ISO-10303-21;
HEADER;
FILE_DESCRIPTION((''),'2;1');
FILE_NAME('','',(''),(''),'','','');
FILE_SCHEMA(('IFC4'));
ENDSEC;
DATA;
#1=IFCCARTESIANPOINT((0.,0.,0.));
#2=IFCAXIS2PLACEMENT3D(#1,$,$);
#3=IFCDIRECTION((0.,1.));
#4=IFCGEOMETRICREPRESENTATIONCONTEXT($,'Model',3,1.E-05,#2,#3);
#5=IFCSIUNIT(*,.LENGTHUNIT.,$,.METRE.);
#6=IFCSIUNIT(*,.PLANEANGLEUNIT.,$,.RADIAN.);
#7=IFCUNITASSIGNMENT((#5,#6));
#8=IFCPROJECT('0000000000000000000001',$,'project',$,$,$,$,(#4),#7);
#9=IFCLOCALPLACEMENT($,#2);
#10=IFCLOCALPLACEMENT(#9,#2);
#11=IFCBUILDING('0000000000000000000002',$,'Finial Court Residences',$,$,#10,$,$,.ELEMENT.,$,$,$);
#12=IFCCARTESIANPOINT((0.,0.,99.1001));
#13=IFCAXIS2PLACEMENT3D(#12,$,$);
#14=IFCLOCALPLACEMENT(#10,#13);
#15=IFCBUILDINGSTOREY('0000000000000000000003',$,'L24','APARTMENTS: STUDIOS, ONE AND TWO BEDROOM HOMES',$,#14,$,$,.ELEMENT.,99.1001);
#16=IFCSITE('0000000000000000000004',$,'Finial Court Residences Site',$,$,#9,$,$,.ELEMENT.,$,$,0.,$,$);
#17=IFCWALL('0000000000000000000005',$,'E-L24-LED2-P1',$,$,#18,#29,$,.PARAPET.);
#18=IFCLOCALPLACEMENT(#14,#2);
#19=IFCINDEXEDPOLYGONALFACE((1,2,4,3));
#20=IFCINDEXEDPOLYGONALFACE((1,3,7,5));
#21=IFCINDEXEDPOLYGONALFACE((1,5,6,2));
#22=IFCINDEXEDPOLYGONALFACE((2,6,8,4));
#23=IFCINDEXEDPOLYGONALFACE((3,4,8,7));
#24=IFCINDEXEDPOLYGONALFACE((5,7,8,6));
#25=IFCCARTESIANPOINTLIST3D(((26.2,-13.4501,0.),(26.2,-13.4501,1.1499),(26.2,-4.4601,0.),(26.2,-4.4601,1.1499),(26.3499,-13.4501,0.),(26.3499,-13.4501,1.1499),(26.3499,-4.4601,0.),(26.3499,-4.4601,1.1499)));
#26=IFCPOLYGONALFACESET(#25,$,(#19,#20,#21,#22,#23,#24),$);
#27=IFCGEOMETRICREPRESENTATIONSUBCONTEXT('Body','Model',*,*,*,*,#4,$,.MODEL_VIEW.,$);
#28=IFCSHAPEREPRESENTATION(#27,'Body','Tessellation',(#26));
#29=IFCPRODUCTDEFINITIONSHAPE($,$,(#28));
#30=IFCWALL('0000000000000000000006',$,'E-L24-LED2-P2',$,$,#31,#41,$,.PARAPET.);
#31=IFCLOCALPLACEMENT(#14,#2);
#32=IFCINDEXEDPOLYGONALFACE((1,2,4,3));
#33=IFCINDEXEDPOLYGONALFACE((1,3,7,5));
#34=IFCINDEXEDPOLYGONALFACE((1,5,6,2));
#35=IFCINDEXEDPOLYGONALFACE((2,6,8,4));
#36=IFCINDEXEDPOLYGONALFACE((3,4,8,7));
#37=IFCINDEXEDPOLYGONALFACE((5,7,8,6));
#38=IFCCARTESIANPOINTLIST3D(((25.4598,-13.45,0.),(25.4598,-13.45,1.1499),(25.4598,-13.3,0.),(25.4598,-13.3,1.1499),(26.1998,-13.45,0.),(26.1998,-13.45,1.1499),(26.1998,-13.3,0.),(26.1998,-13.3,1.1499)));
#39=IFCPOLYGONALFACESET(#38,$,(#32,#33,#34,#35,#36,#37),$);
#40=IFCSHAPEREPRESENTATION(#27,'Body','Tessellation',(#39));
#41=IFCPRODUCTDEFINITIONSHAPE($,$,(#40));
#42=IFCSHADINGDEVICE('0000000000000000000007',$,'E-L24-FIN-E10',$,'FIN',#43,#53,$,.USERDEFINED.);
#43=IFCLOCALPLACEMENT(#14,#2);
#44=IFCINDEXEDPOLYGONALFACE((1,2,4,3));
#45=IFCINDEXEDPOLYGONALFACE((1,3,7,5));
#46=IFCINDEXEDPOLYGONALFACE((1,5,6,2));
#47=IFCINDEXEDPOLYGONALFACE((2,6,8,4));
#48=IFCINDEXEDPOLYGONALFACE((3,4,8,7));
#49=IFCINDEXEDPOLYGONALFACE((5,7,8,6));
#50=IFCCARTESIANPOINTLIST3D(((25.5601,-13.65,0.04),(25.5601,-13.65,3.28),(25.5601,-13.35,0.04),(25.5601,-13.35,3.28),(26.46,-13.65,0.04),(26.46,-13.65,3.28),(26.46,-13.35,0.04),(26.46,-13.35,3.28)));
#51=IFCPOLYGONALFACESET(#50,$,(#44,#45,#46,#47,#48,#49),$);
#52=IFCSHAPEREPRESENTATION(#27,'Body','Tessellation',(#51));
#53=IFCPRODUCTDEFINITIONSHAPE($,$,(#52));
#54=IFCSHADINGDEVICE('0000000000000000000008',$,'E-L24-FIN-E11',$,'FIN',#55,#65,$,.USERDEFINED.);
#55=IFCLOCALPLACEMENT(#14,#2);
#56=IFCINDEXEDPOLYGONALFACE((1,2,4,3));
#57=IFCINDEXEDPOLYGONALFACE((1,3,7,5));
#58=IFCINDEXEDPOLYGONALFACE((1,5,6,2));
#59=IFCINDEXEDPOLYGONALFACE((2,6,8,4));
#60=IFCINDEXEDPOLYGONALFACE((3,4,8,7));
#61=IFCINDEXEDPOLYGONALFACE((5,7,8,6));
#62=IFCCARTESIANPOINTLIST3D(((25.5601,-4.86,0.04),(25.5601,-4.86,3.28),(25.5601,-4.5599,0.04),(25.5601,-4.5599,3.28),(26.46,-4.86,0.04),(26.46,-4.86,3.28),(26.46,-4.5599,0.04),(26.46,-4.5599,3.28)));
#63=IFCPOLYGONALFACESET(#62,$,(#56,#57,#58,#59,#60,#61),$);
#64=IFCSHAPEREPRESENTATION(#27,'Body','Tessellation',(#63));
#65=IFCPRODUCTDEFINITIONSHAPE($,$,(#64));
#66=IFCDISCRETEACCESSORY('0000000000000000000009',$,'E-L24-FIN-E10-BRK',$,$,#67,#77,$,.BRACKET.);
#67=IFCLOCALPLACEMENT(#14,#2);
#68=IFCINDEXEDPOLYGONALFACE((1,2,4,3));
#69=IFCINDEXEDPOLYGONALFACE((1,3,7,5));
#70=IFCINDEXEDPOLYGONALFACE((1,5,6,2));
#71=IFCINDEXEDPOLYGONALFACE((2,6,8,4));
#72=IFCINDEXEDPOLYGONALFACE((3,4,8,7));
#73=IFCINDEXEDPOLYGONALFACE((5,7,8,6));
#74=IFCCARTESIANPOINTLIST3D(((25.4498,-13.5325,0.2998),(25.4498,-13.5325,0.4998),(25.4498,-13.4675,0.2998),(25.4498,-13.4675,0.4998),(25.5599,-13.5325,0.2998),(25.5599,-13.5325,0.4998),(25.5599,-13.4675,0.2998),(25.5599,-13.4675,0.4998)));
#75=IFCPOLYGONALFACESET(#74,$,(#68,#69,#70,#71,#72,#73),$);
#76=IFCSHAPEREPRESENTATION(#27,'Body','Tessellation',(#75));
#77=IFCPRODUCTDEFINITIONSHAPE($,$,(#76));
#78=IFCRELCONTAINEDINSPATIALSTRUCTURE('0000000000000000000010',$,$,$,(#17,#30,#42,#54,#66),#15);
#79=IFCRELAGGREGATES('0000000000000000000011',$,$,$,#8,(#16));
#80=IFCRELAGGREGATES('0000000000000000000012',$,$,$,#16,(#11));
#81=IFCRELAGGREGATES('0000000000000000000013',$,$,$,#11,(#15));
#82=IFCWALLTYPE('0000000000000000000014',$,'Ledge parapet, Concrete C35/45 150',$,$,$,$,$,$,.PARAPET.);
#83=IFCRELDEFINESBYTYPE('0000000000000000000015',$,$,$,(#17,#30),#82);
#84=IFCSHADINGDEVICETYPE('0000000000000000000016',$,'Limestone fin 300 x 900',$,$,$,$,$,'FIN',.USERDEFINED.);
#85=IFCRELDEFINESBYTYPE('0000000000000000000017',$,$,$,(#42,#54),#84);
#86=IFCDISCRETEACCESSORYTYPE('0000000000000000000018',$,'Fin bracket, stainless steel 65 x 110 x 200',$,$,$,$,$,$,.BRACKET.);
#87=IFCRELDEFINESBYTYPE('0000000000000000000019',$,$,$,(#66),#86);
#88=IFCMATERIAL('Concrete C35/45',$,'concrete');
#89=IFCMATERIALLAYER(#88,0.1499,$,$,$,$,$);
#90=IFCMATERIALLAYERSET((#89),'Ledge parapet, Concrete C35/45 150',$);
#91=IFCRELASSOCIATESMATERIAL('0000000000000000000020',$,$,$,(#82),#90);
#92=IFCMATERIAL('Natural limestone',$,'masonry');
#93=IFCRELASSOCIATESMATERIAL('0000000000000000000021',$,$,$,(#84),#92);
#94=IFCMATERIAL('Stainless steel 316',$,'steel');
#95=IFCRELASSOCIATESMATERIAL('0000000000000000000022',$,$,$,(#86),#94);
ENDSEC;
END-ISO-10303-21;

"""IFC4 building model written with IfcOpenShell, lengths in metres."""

from ifc_helpers import new_model, si_unit, direction, frame, frame_2d, origin, origin_2d, place, context, subcontext, project, spatial, rectangle, extrude, material, layer, layer_set, type_object, element, save


model = new_model("IFC4")

# Units and contexts
model_context = context("Model", 3, precision=1e-05, world=origin(), true_north=direction((0.0, 1.0)))
body_context = subcontext(model_context, "Body", "Model", "MODEL_VIEW")
ifc_project = project(units=[si_unit("LENGTHUNIT", "METRE"), si_unit("PLANEANGLEUNIT", "RADIAN")], contexts=[model_context])

# Site, building, storey
site_placement = place(None, origin())
site = spatial("IfcSite", under=ifc_project, at=site_placement, Name="Finial Court Residences Site", CompositionType="ELEMENT", RefElevation=0.0)
building_placement = place(site_placement, origin())
building = spatial("IfcBuilding", under=site, at=building_placement, Name="Finial Court Residences", CompositionType="ELEMENT")
storey_placement = place(building_placement, frame((0.0, 0.0, 99.1001)))
storey = spatial("IfcBuildingStorey", under=building, at=storey_placement, Name="L24", Description="APARTMENTS: STUDIOS, ONE AND TWO BEDROOM HOMES", CompositionType="ELEMENT", Elevation=99.1001)

# Walls
ifc_material_1 = material(Name="Concrete C35/45", Category="concrete")
ifc_layer_1 = layer(ifc_material_1, 0.1499)
ifc_layer_set_1 = layer_set([ifc_layer_1], Name="Ledge parapet, Concrete C35/45 150")
wall_type_1 = type_object("IfcWallType", Name="Ledge parapet, Concrete C35/45 150", PredefinedType="PARAPET", material=ifc_layer_set_1)
wall_1_placement = place(storey_placement, frame((26.2749, -4.46, 0.0), z_axis=(0.0, 0.0, 1.0), x_axis=(0.0, -1.0, 0.0)))
element("IfcWall", 1, at=wall_1_placement, inside=storey, type_object=wall_type_1, Name="E-L24-LED2-P1", PredefinedType="PARAPET", context=body_context, shape_type="SweptSolid", body=[
    extrude(rectangle(XDim=8.99, YDim=0.1499, at=frame_2d((4.4951, 0.0))), origin(), (0.0, 0.0, 1.0), 1.1499),
])
wall_2_placement = place(storey_placement, frame((26.2, -13.375, 0.0), z_axis=(0.0, 0.0, 1.0), x_axis=(-1.0, 0.0, 0.0)))
element("IfcWall", 2, at=wall_2_placement, inside=storey, type_object=wall_type_1, Name="E-L24-LED2-P2", PredefinedType="PARAPET", context=body_context, shape_type="SweptSolid", body=[
    extrude(rectangle(XDim=0.74, YDim=0.1499, at=frame_2d((0.3701, 0.0))), origin(), (0.0, 0.0, 1.0), 1.1499),
])

# Shading devices
ifc_material_2 = material(Name="Natural limestone", Category="masonry")
shading_device_type = type_object("IfcShadingDeviceType", Name="Limestone fin 300 x 900", ElementType="FIN", PredefinedType="USERDEFINED", material=ifc_material_2)
for number, where, z_axis, x_axis, name in (
    (3, (26.01, -13.5, 0.04), (0.0, 0.0, 1.0), (1.0, 0.0, 0.0), "E-L24-FIN-E10"),
    (4, (26.01, -4.71, 0.04), (0.0, 0.0, 1.0), (1.0, 0.0, 0.0), "E-L24-FIN-E11"),
):
    element("IfcShadingDevice", number, at=place(storey_placement, frame(where, z_axis=z_axis, x_axis=x_axis)), inside=storey, type_object=shading_device_type, Name=name, ObjectType="FIN", PredefinedType="USERDEFINED", context=body_context, shape_type="SweptSolid", body=[
        extrude(rectangle(XDim=0.8999, YDim=0.3, at=origin_2d()), origin(), (0.0, 0.0, 1.0), 3.24),
    ])

# Discrete accessory
ifc_material_3 = material(Name="Stainless steel 316", Category="steel")
discrete_accessory_type = type_object("IfcDiscreteAccessoryType", Name="Fin bracket, stainless steel 65 x 110 x 200", PredefinedType="BRACKET", material=ifc_material_3)
discrete_accessory_placement = place(storey_placement, frame((25.5049, -13.5, 0.2998), z_axis=(0.0, 0.0, 1.0), x_axis=(1.0, 0.0, 0.0)))
element("IfcDiscreteAccessory", 5, at=discrete_accessory_placement, inside=storey, type_object=discrete_accessory_type, Name="E-L24-FIN-E10-BRK", PredefinedType="BRACKET", context=body_context, shape_type="SweptSolid", body=[
    extrude(rectangle(XDim=0.1101, YDim=0.0649, at=origin_2d()), origin(), (0.0, 0.0, 1.0), 0.2),
])

save(model, "model.ifc")
